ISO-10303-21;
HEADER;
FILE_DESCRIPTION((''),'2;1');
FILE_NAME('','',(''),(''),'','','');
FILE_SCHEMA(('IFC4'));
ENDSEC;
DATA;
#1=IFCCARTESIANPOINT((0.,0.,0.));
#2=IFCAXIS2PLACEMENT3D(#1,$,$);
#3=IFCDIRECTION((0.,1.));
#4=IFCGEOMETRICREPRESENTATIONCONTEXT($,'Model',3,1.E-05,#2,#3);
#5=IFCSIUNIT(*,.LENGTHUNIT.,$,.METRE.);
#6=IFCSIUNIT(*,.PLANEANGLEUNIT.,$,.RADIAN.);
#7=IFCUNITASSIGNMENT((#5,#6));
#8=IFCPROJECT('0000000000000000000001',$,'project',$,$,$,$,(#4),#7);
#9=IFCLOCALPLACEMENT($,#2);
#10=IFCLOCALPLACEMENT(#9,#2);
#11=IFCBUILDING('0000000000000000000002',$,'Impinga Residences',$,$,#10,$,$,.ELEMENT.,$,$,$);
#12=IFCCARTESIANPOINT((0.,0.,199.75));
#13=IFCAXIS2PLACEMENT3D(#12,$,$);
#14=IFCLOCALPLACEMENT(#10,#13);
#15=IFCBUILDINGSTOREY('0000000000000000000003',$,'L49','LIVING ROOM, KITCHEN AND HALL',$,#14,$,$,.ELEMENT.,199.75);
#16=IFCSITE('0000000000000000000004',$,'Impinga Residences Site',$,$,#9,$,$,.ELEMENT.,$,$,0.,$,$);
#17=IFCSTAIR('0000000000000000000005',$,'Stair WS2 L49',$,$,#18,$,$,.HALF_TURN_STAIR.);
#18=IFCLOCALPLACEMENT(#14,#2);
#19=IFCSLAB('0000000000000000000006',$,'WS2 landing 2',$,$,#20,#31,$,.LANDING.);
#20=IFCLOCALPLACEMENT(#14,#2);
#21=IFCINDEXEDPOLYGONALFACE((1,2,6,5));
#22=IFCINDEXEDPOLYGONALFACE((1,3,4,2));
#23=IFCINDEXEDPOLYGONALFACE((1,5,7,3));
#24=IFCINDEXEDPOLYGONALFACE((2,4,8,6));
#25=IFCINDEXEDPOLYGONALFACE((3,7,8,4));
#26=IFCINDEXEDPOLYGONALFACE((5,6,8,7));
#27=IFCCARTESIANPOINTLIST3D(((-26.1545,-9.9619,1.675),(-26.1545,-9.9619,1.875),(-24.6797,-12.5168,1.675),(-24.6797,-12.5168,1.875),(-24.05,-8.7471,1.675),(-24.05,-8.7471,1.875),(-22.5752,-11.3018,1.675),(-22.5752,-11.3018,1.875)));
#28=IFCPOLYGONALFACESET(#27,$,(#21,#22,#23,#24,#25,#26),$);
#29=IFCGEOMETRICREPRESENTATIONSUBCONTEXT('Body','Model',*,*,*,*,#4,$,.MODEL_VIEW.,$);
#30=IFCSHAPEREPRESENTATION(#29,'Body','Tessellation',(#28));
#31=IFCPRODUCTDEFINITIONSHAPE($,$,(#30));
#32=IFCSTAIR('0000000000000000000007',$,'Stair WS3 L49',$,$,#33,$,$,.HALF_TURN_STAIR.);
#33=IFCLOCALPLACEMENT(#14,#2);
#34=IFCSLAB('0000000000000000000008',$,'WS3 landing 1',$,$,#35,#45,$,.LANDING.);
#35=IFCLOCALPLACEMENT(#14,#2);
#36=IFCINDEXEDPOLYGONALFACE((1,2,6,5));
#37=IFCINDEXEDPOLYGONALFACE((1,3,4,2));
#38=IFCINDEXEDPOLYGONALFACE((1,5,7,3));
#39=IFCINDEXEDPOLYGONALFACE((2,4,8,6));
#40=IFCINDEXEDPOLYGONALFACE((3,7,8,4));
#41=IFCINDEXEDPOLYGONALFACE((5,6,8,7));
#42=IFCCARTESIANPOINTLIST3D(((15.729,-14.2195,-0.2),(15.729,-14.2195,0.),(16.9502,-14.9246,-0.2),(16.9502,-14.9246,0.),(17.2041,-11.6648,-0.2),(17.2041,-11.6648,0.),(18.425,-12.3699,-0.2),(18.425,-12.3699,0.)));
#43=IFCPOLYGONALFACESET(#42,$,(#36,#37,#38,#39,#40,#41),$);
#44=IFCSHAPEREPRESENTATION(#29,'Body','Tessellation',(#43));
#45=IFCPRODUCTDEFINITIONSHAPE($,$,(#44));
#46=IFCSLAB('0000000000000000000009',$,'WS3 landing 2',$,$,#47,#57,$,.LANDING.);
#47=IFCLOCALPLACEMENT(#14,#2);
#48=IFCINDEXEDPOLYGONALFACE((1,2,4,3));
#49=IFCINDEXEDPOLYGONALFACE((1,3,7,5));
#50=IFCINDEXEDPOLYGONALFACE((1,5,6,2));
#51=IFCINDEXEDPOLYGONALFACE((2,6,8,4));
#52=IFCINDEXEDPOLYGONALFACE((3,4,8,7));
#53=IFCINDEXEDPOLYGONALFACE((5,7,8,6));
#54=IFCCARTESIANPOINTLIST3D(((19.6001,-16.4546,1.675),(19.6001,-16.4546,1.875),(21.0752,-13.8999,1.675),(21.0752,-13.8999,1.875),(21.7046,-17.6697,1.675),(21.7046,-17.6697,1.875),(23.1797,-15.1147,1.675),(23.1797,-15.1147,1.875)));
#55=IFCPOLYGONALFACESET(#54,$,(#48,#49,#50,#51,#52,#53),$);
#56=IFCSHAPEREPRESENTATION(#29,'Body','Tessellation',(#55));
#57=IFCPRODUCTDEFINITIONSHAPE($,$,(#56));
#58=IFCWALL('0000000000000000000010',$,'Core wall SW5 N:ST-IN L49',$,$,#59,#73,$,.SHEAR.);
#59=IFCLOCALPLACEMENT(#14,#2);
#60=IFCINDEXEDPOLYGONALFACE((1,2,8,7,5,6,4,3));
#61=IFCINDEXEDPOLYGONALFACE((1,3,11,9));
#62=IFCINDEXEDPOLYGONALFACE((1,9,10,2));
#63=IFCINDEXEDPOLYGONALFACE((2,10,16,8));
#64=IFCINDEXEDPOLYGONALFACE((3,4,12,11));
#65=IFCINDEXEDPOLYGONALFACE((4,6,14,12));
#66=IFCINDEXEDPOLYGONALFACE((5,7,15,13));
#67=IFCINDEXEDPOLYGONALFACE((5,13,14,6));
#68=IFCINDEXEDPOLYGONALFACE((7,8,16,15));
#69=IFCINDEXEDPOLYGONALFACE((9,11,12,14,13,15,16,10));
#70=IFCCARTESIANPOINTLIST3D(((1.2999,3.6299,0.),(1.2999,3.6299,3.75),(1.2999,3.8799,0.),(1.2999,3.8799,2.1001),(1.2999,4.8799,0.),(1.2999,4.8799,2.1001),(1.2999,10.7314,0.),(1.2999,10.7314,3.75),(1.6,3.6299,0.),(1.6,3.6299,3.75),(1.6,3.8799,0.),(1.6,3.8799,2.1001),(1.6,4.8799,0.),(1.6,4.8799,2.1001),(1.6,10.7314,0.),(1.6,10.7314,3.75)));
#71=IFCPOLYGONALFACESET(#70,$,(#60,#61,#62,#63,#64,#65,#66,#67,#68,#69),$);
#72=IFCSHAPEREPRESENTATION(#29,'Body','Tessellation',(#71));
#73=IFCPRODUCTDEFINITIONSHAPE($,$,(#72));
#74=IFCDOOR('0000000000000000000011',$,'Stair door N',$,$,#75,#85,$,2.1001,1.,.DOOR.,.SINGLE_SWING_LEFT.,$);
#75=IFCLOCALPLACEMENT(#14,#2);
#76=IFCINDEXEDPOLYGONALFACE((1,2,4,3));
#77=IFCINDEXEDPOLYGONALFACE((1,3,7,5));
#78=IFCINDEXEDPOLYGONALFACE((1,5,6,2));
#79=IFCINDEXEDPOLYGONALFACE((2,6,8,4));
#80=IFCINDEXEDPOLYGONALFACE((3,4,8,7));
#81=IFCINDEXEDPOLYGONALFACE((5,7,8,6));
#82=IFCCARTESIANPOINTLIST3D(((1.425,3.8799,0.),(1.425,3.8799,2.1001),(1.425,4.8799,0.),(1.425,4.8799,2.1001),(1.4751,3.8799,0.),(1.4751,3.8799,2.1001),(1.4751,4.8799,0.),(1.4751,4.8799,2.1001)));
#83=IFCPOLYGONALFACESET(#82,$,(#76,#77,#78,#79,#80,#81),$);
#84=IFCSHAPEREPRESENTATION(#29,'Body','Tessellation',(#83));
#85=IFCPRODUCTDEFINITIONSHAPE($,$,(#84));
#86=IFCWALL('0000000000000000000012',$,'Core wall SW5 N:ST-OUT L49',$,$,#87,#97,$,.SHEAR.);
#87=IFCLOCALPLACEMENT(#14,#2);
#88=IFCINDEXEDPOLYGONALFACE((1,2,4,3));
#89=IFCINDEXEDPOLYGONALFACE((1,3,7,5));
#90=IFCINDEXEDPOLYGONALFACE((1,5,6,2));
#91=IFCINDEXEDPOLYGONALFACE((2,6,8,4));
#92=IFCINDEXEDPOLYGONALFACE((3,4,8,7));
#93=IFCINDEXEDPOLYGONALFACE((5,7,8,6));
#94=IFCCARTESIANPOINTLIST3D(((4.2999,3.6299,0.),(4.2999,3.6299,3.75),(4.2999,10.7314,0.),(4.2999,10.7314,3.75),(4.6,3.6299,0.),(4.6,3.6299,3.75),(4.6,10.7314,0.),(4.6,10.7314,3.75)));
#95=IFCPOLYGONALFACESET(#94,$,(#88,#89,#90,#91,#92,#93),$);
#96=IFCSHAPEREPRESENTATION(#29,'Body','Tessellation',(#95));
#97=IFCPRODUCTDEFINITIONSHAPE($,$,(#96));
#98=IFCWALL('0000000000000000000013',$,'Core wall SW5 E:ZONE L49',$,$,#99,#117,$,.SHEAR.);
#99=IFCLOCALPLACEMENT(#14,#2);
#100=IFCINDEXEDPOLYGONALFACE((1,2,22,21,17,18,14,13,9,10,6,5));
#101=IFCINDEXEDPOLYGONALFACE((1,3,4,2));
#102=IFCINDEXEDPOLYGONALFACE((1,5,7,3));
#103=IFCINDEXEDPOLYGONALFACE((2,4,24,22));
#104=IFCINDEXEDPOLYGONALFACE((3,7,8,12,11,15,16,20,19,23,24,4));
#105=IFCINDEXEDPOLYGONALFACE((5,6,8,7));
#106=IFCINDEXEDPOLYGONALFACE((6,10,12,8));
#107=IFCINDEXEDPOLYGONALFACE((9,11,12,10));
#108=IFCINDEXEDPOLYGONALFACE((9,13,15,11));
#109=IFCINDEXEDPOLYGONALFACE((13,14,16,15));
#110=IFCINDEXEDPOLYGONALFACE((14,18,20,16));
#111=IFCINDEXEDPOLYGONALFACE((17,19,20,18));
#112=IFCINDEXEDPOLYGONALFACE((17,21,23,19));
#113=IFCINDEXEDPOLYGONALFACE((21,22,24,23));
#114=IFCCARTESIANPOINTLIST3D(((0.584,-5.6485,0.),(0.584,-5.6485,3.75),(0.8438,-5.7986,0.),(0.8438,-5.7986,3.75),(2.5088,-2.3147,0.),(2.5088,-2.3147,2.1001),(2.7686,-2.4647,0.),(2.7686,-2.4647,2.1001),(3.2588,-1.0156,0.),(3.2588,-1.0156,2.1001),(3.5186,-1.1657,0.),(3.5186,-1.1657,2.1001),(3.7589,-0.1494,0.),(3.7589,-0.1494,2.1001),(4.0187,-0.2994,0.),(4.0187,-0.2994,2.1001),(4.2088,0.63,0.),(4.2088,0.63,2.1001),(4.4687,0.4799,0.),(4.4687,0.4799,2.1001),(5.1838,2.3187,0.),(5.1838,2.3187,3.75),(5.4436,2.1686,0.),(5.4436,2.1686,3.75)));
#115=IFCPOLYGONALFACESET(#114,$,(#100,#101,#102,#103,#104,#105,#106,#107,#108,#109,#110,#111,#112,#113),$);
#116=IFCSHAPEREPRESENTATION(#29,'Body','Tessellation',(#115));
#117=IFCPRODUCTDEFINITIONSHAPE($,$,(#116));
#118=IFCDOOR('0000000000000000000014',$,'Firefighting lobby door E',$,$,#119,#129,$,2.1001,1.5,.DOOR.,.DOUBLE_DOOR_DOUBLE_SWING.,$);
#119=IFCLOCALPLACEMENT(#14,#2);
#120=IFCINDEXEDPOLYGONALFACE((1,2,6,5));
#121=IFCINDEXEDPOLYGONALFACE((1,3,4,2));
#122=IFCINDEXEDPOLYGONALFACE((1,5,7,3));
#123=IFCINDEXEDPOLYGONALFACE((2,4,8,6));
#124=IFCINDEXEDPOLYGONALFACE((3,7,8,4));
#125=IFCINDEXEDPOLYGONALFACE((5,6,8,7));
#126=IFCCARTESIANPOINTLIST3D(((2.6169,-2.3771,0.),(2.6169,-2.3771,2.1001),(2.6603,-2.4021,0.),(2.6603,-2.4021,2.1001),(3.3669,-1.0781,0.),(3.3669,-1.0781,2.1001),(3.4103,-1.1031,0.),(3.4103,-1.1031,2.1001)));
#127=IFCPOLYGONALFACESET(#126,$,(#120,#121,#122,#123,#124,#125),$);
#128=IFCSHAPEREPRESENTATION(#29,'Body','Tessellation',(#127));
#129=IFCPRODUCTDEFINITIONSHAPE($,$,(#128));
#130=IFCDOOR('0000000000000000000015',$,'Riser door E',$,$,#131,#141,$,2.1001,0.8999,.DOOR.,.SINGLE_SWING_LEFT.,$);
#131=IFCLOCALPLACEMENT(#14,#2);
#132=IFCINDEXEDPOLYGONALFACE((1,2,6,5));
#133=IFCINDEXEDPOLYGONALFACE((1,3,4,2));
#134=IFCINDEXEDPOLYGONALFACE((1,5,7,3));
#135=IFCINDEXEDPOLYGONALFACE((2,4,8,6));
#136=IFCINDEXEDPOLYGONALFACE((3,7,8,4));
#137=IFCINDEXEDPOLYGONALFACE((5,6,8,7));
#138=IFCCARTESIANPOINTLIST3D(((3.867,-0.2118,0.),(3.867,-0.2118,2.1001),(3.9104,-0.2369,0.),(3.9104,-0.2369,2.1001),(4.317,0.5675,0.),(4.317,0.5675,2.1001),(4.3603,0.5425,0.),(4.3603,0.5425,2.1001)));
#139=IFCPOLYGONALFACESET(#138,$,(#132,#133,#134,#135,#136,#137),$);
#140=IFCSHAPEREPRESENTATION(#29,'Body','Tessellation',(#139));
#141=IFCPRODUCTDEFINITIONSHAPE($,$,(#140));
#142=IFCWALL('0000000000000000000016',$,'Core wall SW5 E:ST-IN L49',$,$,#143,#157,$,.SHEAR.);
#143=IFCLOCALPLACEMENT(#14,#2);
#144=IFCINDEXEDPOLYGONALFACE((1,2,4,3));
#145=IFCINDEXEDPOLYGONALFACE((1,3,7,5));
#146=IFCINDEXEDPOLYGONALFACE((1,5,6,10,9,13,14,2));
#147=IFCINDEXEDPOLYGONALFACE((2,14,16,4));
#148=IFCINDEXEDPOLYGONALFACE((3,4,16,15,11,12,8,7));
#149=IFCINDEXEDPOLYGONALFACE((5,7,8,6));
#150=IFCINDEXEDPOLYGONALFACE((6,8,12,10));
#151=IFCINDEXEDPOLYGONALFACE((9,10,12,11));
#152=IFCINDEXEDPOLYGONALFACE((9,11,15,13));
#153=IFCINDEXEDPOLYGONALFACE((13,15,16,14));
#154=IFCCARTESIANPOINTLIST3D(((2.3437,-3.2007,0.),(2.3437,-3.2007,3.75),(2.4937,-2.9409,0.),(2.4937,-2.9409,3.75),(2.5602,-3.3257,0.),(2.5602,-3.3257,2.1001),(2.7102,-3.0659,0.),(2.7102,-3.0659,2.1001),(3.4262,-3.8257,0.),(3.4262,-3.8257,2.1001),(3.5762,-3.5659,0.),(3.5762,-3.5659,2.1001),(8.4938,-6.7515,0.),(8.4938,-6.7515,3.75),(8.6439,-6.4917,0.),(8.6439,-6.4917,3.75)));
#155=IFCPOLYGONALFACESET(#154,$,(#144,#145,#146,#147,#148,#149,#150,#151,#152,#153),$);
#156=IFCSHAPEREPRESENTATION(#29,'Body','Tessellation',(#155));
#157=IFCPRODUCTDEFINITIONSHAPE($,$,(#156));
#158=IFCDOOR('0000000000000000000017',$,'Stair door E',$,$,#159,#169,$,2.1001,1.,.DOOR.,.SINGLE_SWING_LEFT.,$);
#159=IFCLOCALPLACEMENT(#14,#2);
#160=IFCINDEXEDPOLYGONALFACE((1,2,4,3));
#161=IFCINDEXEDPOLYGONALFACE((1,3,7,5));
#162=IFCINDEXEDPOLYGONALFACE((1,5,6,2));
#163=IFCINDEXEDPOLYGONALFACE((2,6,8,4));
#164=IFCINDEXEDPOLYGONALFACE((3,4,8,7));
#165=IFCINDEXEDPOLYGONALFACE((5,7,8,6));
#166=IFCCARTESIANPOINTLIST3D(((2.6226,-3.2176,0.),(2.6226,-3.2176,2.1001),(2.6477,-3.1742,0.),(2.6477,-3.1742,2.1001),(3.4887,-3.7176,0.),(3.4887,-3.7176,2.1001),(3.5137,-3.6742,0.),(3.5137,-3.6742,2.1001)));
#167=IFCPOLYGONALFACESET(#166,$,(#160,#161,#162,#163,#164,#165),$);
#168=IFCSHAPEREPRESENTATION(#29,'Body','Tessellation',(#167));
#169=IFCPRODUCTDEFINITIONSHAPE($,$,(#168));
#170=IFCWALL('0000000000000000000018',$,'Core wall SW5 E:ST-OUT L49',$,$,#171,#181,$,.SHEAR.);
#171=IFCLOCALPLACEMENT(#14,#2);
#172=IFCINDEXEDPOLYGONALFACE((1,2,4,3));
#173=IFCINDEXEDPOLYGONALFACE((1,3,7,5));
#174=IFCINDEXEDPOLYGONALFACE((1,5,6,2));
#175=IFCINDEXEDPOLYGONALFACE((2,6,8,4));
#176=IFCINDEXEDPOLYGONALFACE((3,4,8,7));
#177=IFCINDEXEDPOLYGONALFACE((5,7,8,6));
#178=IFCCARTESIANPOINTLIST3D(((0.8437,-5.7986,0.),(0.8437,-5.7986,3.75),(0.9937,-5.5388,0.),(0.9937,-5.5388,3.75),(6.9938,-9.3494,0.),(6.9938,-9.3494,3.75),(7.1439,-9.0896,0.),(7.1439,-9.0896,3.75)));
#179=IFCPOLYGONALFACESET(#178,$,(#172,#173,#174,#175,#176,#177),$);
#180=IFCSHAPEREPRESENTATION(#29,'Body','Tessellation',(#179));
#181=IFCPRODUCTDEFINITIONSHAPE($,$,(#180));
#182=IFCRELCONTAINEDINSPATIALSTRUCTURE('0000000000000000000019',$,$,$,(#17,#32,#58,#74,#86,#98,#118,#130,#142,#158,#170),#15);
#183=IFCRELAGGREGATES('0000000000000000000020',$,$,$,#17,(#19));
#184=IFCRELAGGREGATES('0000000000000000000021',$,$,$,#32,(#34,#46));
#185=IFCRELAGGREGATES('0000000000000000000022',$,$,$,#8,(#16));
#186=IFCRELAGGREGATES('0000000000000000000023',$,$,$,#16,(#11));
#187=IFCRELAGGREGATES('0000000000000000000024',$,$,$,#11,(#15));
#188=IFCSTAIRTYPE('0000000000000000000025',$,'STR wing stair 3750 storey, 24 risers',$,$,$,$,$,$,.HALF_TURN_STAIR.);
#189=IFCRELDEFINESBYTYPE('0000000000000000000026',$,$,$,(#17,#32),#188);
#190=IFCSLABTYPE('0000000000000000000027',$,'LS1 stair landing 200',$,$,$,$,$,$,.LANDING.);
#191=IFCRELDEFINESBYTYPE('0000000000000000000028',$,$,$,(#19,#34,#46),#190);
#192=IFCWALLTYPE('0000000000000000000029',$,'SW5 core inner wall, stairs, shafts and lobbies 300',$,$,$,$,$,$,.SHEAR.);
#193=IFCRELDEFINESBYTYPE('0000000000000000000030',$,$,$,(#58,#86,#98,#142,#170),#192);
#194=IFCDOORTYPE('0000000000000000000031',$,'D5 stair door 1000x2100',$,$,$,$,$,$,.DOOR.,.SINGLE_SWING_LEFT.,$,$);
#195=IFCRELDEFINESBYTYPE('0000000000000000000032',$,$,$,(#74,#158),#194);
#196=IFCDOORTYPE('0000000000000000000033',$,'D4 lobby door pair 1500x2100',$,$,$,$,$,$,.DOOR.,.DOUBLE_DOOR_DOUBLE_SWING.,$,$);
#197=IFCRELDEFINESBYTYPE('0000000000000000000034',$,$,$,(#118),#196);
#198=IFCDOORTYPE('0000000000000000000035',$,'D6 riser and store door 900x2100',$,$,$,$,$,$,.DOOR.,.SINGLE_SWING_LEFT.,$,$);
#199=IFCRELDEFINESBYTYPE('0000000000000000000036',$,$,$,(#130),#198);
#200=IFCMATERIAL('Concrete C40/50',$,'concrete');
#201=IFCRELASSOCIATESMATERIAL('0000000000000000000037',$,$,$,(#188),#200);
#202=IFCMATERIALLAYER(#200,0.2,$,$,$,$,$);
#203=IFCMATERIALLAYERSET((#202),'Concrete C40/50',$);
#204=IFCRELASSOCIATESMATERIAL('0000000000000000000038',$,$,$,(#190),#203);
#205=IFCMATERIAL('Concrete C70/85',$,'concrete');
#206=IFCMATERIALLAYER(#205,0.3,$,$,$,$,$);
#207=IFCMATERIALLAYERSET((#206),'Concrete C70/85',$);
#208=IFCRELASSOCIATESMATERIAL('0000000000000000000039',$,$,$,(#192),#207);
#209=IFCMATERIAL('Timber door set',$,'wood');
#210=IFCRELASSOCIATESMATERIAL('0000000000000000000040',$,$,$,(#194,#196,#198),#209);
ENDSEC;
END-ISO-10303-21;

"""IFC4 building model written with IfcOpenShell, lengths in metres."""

from ifc_helpers import new_model, si_unit, direction, frame, frame_2d, origin, place, context, subcontext, project, spatial, polyline, rectangle, outline, extrude, material, layer, layer_set, type_object, element, fill, aggregate, save


model = new_model("IFC4")

# Units and contexts
model_context = context("Model", 3, precision=1e-05, world=origin(), true_north=direction((0.0, 1.0)))
body_context = subcontext(model_context, "Body", "Model", "MODEL_VIEW")
ifc_project = project(units=[si_unit("LENGTHUNIT", "METRE"), si_unit("PLANEANGLEUNIT", "RADIAN")], contexts=[model_context])

# Site, building, storey
site_placement = place(None, origin())
site = spatial("IfcSite", under=ifc_project, at=site_placement, Name="Impinga Residences Site", CompositionType="ELEMENT", RefElevation=0.0)
building_placement = place(site_placement, origin())
building = spatial("IfcBuilding", under=site, at=building_placement, Name="Impinga Residences", CompositionType="ELEMENT")
storey_placement = place(building_placement, frame((0.0, 0.0, 199.75)))
storey = spatial("IfcBuildingStorey", under=building, at=storey_placement, Name="L49", Description="LIVING ROOM, KITCHEN AND HALL", CompositionType="ELEMENT", Elevation=199.75)

# Stair, slab
ifc_material_1 = material(Name="Concrete C40/50", Category="concrete")
stair_type_1 = type_object("IfcStairType", Name="STR wing stair 3750 storey, 24 risers", PredefinedType="HALF_TURN_STAIR", material=ifc_material_1)
stair_1_placement = place(storey_placement, origin())
stair_1 = element("IfcStair", 1, at=stair_1_placement, inside=storey, type_object=stair_type_1, Name="Stair WS2 L49", PredefinedType="HALF_TURN_STAIR")
ifc_layer_1 = layer(ifc_material_1, 0.2)
ifc_layer_set_1 = layer_set([ifc_layer_1], Name="Concrete C40/50")
slab_type = type_object("IfcSlabType", Name="LS1 stair landing 200", PredefinedType="LANDING", material=ifc_layer_set_1)
slab_1_placement = place(storey_placement, frame((0.0, 0.0, 1.675)))
slab_1 = element("IfcSlab", 2, at=slab_1_placement, type_object=slab_type, Name="WS2 landing 2", PredefinedType="LANDING", context=body_context, shape_type="SweptSolid", body=[
    extrude(outline(polyline([(-22.5752, -11.3018), (-24.05, -8.7471), (-26.1545, -9.9619), (-24.6797, -12.5168), (-22.5752, -11.3018)])), origin(), (0.0, 0.0, 1.0), 0.2),
])
aggregate(stair_1, [slab_1])

# Stair, slabs
stair_2_placement = place(storey_placement, origin())
stair_2 = element("IfcStair", 3, at=stair_2_placement, inside=storey, type_object=stair_type_1, Name="Stair WS3 L49", PredefinedType="HALF_TURN_STAIR")
slab_2_placement = place(storey_placement, frame((0.0, 0.0, -0.2)))
slab_2 = element("IfcSlab", 4, at=slab_2_placement, type_object=slab_type, Name="WS3 landing 1", PredefinedType="LANDING", context=body_context, shape_type="SweptSolid", body=[
    extrude(outline(polyline([(17.2041, -11.6648), (15.729, -14.2195), (16.9502, -14.9246), (18.425, -12.3699), (17.2041, -11.6648)])), origin(), (0.0, 0.0, 1.0), 0.2),
])
slab_3_placement = place(storey_placement, frame((0.0, 0.0, 1.675)))
slab_3 = element("IfcSlab", 5, at=slab_3_placement, type_object=slab_type, Name="WS3 landing 2", PredefinedType="LANDING", context=body_context, shape_type="SweptSolid", body=[
    extrude(outline(polyline([(21.0752, -13.8999), (19.6001, -16.4546), (21.7046, -17.6697), (23.1797, -15.1147), (21.0752, -13.8999)])), origin(), (0.0, 0.0, 1.0), 0.2),
])
aggregate(stair_2, [slab_2, slab_3])

# Wall, opening, door
ifc_material_2 = material(Name="Concrete C70/85", Category="concrete")
ifc_layer_2 = layer(ifc_material_2, 0.3)
ifc_layer_set_2 = layer_set([ifc_layer_2], Name="Concrete C70/85")
wall_type = type_object("IfcWallType", Name="SW5 core inner wall, stairs, shafts and lobbies 300", PredefinedType="SHEAR", material=ifc_layer_set_2)
wall_1_placement = place(storey_placement, frame((1.45, 3.6299, 0.0), z_axis=(0.0, 0.0, 1.0), x_axis=(0.0, 1.0, 0.0)))
wall_1 = element("IfcWall", 6, at=wall_1_placement, inside=storey, type_object=wall_type, Name="Core wall SW5 N:ST-IN L49", PredefinedType="SHEAR", context=body_context, shape_type="SweptSolid", body=[
    extrude(rectangle(XDim=7.1016, YDim=0.3, at=frame_2d((3.5508, 0.0))), origin(), (0.0, 0.0, 1.0), 3.75),
])
opening_1_placement = place(wall_1_placement, frame((0.25, 0.0, 0.0)))
opening_1 = element("IfcOpeningElement", 7, at=opening_1_placement, cuts=wall_1, PredefinedType="OPENING", context=body_context, shape_type="SweptSolid", body=[
    extrude(rectangle(XDim=1.0, YDim=2.1001, at=frame_2d((0.5, 1.05))), frame((0.0, 0.1599, 0.0), z_axis=(0.0, -1.0, 0.0), x_axis=(1.0, 0.0, 0.0)), (0.0, 0.0, 1.0), 0.3201),
])
ifc_material_3 = material(Name="Timber door set", Category="wood")
door_type_1 = type_object("IfcDoorType", Name="D5 stair door 1000x2100", OperationType="SINGLE_SWING_LEFT", PredefinedType="DOOR", material=ifc_material_3)
door_1_placement = place(opening_1_placement, origin())
door_1 = element("IfcDoor", 8, at=door_1_placement, inside=storey, type_object=door_type_1, Name="Stair door N", OperationType="SINGLE_SWING_LEFT", OverallHeight=2.1001, OverallWidth=1.0, PredefinedType="DOOR", context=body_context, shape_type="SweptSolid", body=[
    extrude(rectangle(XDim=1.0, YDim=2.1001, at=frame_2d((0.5, 1.05))), frame((0.0, 0.0249, 0.0), z_axis=(0.0, -1.0, 0.0), x_axis=(1.0, 0.0, 0.0)), (0.0, 0.0, 1.0), 0.05),
])
fill(opening_1, door_1)

# Wall
wall_2_placement = place(storey_placement, frame((4.45, 3.6299, 0.0), z_axis=(0.0, 0.0, 1.0), x_axis=(0.0, 1.0, 0.0)))
element("IfcWall", 9, at=wall_2_placement, inside=storey, type_object=wall_type, Name="Core wall SW5 N:ST-OUT L49", PredefinedType="SHEAR", context=body_context, shape_type="SweptSolid", body=[
    extrude(rectangle(XDim=7.1016, YDim=0.3, at=frame_2d((3.5508, 0.0))), origin(), (0.0, 0.0, 1.0), 3.75),
])

# Wall, openings, doors
wall_3_placement = place(storey_placement, frame((5.3137, 2.2437, 0.0), z_axis=(0.0, 0.0, 1.0), x_axis=(-0.499995, -0.866028, 0.0)))
wall_3 = element("IfcWall", 10, at=wall_3_placement, inside=storey, type_object=wall_type, Name="Core wall SW5 E:ZONE L49", PredefinedType="SHEAR", context=body_context, shape_type="SweptSolid", body=[
    extrude(rectangle(XDim=9.1997, YDim=0.3, at=frame_2d((4.5999, 0.0))), origin(), (0.0, 0.0, 1.0), 3.75),
])
opening_2_placement = place(wall_3_placement, frame((3.8501, 0.0, 0.0)))
opening_2 = element("IfcOpeningElement", 11, at=opening_2_placement, cuts=wall_3, PredefinedType="OPENING", context=body_context, shape_type="SweptSolid", body=[
    extrude(rectangle(XDim=1.5, YDim=2.1001, at=frame_2d((0.75, 1.05))), frame((0.0, 0.1599, 0.0), z_axis=(0.0, -1.0, 0.0), x_axis=(1.0, 0.0, 0.0)), (0.0, 0.0, 1.0), 0.3201),
])
opening_3_placement = place(wall_3_placement, frame((1.95, 0.0, 0.0)))
opening_3 = element("IfcOpeningElement", 12, at=opening_3_placement, cuts=wall_3, PredefinedType="OPENING", context=body_context, shape_type="SweptSolid", body=[
    extrude(rectangle(XDim=0.8999, YDim=2.1001, at=frame_2d((0.45, 1.05))), frame((0.0, 0.1599, 0.0), z_axis=(0.0, -1.0, 0.0), x_axis=(1.0, 0.0, 0.0)), (0.0, 0.0, 1.0), 0.3201),
])
door_type_2 = type_object("IfcDoorType", Name="D4 lobby door pair 1500x2100", OperationType="DOUBLE_DOOR_DOUBLE_SWING", PredefinedType="DOOR", material=ifc_material_3)
door_2_placement = place(opening_2_placement, origin())
door_2 = element("IfcDoor", 13, at=door_2_placement, inside=storey, type_object=door_type_2, Name="Firefighting lobby door E", OperationType="DOUBLE_DOOR_DOUBLE_SWING", OverallHeight=2.1001, OverallWidth=1.5, PredefinedType="DOOR", context=body_context, shape_type="SweptSolid", body=[
    extrude(rectangle(XDim=1.5, YDim=2.1001, at=frame_2d((0.75, 1.05))), frame((0.0, 0.0249, 0.0), z_axis=(0.0, -1.0, 0.0), x_axis=(1.0, 0.0, 0.0)), (0.0, 0.0, 1.0), 0.05),
])
fill(opening_2, door_2)
door_type_3 = type_object("IfcDoorType", Name="D6 riser and store door 900x2100", OperationType="SINGLE_SWING_LEFT", PredefinedType="DOOR", material=ifc_material_3)
door_3_placement = place(opening_3_placement, origin())
door_3 = element("IfcDoor", 14, at=door_3_placement, inside=storey, type_object=door_type_3, Name="Riser door E", OperationType="SINGLE_SWING_LEFT", OverallHeight=2.1001, OverallWidth=0.8999, PredefinedType="DOOR", context=body_context, shape_type="SweptSolid", body=[
    extrude(rectangle(XDim=0.8999, YDim=2.1001, at=frame_2d((0.45, 1.05))), frame((0.0, 0.0249, 0.0), z_axis=(0.0, -1.0, 0.0), x_axis=(1.0, 0.0, 0.0)), (0.0, 0.0, 1.0), 0.05),
])
fill(opening_3, door_3)

# Wall, opening, door
wall_4_placement = place(storey_placement, frame((2.4187, -3.0708, 0.0), z_axis=(0.0, 0.0, 1.0), x_axis=(0.866026, -0.499999, 0.0)))
wall_4 = element("IfcWall", 15, at=wall_4_placement, inside=storey, type_object=wall_type, Name="Core wall SW5 E:ST-IN L49", PredefinedType="SHEAR", context=body_context, shape_type="SweptSolid", body=[
    extrude(rectangle(XDim=7.1016, YDim=0.3, at=frame_2d((3.5508, 0.0))), origin(), (0.0, 0.0, 1.0), 3.75),
])
opening_4_placement = place(wall_4_placement, frame((0.25, 0.0, 0.0)))
opening_4 = element("IfcOpeningElement", 16, at=opening_4_placement, cuts=wall_4, PredefinedType="OPENING", context=body_context, shape_type="SweptSolid", body=[
    extrude(rectangle(XDim=1.0, YDim=2.1001, at=frame_2d((0.5, 1.05))), frame((0.0, 0.1599, 0.0), z_axis=(0.0, -1.0, 0.0), x_axis=(1.0, 0.0, 0.0)), (0.0, 0.0, 1.0), 0.3201),
])
door_4_placement = place(opening_4_placement, origin())
door_4 = element("IfcDoor", 17, at=door_4_placement, inside=storey, type_object=door_type_1, Name="Stair door E", OperationType="SINGLE_SWING_LEFT", OverallHeight=2.1001, OverallWidth=1.0, PredefinedType="DOOR", context=body_context, shape_type="SweptSolid", body=[
    extrude(rectangle(XDim=1.0, YDim=2.1001, at=frame_2d((0.5, 1.05))), frame((0.0, 0.0249, 0.0), z_axis=(0.0, -1.0, 0.0), x_axis=(1.0, 0.0, 0.0)), (0.0, 0.0, 1.0), 0.05),
])
fill(opening_4, door_4)

# Wall
wall_5_placement = place(storey_placement, frame((0.9187, -5.6687, 0.0), z_axis=(0.0, 0.0, 1.0), x_axis=(0.866026, -0.499999, 0.0)))
element("IfcWall", 18, at=wall_5_placement, inside=storey, type_object=wall_type, Name="Core wall SW5 E:ST-OUT L49", PredefinedType="SHEAR", context=body_context, shape_type="SweptSolid", body=[
    extrude(rectangle(XDim=7.1016, YDim=0.3, at=frame_2d((3.5508, 0.0))), origin(), (0.0, 0.0, 1.0), 3.75),
])

save(model, "model.ifc")
